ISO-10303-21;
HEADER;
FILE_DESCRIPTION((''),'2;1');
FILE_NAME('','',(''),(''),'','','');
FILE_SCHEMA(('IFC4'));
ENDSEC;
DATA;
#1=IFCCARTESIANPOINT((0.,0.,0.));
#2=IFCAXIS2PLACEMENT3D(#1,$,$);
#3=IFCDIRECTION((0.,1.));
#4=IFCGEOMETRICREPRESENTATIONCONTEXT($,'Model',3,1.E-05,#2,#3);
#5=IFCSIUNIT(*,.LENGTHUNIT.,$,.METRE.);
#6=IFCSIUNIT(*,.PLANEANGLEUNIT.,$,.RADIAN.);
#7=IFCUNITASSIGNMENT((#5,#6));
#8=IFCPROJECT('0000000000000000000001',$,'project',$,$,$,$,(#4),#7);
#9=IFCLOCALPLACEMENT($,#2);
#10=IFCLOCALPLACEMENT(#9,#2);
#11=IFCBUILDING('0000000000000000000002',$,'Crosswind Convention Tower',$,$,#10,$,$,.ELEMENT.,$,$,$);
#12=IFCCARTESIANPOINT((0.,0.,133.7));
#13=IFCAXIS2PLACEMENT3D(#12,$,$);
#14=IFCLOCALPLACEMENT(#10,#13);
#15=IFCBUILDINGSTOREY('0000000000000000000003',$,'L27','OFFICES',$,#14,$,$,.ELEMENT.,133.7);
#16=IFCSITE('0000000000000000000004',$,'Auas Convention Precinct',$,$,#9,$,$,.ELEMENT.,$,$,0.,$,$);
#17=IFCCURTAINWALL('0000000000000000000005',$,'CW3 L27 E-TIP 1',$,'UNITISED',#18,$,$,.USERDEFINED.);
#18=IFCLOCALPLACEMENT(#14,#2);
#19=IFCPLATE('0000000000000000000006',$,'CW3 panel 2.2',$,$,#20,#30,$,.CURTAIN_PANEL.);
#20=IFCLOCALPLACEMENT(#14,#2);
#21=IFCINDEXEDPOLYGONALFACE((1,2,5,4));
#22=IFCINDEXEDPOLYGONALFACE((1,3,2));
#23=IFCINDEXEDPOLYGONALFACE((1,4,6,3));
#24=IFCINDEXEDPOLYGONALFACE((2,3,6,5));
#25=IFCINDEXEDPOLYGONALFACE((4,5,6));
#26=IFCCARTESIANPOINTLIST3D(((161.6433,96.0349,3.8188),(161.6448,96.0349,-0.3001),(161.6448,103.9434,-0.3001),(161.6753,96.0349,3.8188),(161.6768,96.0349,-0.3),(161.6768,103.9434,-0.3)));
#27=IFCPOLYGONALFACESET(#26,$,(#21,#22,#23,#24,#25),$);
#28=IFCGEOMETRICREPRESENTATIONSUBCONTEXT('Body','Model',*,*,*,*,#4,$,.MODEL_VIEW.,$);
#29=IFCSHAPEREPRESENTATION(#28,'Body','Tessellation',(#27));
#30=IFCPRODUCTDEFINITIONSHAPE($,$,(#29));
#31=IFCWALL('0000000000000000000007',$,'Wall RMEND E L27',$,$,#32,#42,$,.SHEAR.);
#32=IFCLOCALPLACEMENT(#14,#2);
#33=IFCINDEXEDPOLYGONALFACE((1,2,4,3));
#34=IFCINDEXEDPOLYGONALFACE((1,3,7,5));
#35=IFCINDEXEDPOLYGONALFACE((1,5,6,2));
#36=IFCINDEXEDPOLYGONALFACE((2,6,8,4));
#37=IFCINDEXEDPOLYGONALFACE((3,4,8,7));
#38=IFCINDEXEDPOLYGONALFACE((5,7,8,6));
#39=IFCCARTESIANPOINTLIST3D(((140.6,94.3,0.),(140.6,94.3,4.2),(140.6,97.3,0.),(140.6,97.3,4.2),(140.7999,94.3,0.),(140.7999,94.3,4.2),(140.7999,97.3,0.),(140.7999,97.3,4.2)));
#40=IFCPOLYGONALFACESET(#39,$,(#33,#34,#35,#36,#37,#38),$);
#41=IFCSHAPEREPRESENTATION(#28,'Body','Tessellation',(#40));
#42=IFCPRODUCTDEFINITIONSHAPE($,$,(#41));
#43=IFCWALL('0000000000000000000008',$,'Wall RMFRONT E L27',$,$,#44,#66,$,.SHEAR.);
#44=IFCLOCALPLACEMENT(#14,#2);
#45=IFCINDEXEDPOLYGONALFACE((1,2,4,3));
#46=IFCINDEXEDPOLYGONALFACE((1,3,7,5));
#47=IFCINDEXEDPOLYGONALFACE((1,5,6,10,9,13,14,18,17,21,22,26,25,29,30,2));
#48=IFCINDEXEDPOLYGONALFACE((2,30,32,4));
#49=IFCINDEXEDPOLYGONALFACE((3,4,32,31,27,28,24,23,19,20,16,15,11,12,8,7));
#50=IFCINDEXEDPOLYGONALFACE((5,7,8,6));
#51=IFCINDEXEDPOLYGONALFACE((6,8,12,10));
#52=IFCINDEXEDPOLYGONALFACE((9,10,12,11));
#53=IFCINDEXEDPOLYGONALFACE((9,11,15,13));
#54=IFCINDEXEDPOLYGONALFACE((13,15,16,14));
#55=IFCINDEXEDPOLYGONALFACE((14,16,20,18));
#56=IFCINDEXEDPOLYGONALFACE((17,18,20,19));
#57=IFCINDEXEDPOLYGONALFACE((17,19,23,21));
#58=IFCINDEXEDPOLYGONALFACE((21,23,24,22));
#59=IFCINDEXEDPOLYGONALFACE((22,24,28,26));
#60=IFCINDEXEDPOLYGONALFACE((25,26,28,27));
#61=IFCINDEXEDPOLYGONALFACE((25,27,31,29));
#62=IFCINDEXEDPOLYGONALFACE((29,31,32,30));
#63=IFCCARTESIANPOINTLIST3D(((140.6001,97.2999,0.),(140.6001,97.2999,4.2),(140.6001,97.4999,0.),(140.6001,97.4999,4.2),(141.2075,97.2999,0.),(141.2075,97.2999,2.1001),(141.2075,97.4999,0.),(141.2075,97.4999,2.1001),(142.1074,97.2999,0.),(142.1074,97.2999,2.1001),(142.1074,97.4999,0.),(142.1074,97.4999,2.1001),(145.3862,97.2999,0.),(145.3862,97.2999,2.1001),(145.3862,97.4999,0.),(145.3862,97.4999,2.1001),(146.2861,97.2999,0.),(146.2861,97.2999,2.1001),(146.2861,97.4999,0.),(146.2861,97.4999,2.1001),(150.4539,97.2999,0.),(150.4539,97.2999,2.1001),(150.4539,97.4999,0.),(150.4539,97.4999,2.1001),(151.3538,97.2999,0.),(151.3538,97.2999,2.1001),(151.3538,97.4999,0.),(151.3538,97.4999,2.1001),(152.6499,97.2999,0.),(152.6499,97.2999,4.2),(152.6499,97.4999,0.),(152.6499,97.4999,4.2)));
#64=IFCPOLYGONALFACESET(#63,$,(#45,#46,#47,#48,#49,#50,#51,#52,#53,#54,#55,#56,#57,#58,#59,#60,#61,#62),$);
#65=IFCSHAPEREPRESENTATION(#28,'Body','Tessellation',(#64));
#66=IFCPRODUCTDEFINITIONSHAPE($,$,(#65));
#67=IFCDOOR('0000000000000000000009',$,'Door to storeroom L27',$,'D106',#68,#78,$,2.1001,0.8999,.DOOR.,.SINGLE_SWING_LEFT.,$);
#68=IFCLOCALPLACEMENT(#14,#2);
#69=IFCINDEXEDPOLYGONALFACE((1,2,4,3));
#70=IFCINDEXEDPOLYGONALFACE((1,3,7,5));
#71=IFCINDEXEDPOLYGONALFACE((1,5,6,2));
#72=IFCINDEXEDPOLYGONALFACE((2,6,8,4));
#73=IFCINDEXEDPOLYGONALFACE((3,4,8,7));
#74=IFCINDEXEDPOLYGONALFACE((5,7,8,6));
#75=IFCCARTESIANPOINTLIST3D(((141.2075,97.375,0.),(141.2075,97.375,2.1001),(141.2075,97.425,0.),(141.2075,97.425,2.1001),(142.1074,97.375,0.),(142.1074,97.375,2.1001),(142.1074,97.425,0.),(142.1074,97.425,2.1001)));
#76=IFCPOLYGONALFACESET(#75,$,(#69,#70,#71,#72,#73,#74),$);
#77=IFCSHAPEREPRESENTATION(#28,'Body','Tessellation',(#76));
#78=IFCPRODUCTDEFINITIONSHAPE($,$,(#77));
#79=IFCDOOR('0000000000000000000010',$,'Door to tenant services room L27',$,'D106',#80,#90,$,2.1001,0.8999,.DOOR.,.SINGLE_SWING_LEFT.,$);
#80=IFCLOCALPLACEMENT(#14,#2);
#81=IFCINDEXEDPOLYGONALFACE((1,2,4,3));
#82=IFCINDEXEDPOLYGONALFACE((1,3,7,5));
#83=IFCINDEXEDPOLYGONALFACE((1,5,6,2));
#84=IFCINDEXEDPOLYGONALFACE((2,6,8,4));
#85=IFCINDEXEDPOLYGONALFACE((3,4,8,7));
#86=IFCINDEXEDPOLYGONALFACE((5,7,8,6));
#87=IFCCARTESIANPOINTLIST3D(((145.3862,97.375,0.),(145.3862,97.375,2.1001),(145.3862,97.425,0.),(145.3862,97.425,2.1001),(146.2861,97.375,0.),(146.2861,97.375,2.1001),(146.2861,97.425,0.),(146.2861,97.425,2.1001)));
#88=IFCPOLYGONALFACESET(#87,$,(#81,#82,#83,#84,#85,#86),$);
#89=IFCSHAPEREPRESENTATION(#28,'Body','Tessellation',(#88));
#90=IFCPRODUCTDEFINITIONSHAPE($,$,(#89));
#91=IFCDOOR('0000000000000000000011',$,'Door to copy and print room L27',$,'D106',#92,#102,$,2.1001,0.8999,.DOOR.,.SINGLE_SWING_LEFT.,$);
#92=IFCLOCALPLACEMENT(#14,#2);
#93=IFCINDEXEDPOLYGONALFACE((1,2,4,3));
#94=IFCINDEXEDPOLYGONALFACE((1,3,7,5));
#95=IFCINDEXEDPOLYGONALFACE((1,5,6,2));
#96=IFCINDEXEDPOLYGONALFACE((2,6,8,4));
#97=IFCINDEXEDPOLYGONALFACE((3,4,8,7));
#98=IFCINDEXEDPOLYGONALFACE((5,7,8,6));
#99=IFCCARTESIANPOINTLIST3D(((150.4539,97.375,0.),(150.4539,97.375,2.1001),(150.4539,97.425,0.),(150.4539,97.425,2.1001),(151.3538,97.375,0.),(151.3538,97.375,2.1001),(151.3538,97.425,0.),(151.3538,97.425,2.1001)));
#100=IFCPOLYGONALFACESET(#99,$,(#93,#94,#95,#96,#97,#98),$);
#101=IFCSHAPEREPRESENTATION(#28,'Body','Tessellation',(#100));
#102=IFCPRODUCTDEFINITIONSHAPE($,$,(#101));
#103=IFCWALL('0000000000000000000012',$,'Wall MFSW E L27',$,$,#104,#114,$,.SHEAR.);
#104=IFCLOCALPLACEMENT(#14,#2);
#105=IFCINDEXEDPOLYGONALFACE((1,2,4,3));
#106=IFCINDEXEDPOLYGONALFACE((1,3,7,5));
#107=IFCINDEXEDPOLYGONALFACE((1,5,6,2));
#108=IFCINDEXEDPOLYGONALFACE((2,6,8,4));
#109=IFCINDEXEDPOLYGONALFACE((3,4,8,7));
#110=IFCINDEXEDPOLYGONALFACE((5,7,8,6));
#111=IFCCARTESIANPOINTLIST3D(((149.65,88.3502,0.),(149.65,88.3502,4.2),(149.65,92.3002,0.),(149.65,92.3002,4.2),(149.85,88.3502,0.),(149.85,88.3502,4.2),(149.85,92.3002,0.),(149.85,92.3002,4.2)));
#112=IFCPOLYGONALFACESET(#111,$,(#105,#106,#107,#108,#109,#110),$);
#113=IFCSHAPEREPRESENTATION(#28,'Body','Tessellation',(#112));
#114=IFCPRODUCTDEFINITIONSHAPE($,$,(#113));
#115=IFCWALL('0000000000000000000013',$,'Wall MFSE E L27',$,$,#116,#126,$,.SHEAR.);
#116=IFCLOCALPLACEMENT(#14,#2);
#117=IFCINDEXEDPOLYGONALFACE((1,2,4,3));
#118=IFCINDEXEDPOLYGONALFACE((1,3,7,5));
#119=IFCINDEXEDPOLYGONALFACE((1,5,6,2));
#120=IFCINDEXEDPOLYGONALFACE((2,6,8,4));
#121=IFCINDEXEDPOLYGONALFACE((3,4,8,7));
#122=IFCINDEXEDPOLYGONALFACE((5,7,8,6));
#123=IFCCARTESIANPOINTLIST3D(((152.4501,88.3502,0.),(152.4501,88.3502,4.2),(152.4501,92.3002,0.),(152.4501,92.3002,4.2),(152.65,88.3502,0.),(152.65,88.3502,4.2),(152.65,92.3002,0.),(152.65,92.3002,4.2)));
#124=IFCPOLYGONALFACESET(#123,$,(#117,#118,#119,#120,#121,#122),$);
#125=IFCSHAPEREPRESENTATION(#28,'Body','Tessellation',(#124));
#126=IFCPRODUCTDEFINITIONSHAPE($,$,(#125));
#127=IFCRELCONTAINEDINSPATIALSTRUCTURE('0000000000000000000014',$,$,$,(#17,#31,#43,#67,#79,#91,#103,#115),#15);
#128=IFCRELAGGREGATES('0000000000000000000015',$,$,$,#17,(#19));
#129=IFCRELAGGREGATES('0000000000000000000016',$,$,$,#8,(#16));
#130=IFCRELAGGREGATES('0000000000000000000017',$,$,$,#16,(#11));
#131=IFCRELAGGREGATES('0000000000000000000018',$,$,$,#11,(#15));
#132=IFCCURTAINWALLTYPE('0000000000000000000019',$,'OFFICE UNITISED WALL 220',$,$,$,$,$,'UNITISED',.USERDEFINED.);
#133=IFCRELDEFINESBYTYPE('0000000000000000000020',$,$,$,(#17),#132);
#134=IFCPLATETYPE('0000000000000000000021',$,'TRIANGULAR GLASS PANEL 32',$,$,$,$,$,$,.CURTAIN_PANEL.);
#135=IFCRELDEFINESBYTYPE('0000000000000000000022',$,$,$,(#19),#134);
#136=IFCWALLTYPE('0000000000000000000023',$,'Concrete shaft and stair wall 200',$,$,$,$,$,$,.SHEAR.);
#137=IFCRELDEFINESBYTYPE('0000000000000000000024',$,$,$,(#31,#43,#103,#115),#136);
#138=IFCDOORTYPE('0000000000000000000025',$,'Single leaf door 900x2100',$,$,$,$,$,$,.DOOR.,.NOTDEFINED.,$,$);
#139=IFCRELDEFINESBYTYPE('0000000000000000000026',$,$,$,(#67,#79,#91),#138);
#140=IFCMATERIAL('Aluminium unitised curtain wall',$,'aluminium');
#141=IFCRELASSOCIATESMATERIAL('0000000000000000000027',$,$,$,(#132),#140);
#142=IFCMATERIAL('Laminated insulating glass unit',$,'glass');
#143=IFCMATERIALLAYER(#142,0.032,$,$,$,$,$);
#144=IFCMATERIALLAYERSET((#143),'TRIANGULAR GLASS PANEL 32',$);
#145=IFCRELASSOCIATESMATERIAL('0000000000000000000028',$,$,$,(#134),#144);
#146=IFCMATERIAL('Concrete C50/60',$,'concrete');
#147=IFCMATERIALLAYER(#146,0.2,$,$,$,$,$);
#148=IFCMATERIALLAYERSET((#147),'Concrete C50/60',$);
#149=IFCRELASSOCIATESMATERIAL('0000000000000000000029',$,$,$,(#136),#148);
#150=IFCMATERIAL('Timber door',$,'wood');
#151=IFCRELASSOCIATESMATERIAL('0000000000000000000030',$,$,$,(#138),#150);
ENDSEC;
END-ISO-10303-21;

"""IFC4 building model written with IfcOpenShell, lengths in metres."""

from ifc_helpers import new_model, si_unit, direction, frame, frame_2d, origin, place, context, subcontext, project, spatial, polyline, rectangle, outline, extrude, material, layer, layer_set, type_object, element, fill, aggregate, save


model = new_model("IFC4")

# Units and contexts
model_context = context("Model", 3, precision=1e-05, world=origin(), true_north=direction((0.0, 1.0)))
body_context = subcontext(model_context, "Body", "Model", "MODEL_VIEW")
ifc_project = project(units=[si_unit("LENGTHUNIT", "METRE"), si_unit("PLANEANGLEUNIT", "RADIAN")], contexts=[model_context])

# Site, building, storey
site_placement = place(None, origin())
site = spatial("IfcSite", under=ifc_project, at=site_placement, Name="Auas Convention Precinct", CompositionType="ELEMENT", RefElevation=0.0)
building_placement = place(site_placement, origin())
building = spatial("IfcBuilding", under=site, at=building_placement, Name="Crosswind Convention Tower", CompositionType="ELEMENT")
storey_placement = place(building_placement, frame((0.0, 0.0, 133.7)))
storey = spatial("IfcBuildingStorey", under=building, at=storey_placement, Name="L27", Description="OFFICES", CompositionType="ELEMENT", Elevation=133.7)

# Curtain wall
ifc_material_1 = material(Name="Aluminium unitised curtain wall", Category="aluminium")
curtain_wall_type = type_object("IfcCurtainWallType", Name="OFFICE UNITISED WALL 220", ElementType="UNITISED", PredefinedType="USERDEFINED", material=ifc_material_1)
curtain_wall_placement = place(storey_placement, origin())
curtain_wall = element("IfcCurtainWall", 1, at=curtain_wall_placement, inside=storey, type_object=curtain_wall_type, Name="CW3 L27 E-TIP 1", ObjectType="UNITISED", PredefinedType="USERDEFINED")

# Plate
ifc_material_2 = material(Name="Laminated insulating glass unit", Category="glass")
ifc_layer_1 = layer(ifc_material_2, 0.032)
ifc_layer_set_1 = layer_set([ifc_layer_1], Name="TRIANGULAR GLASS PANEL 32")
plate_type = type_object("IfcPlateType", Name="TRIANGULAR GLASS PANEL 32", PredefinedType="CURTAIN_PANEL", material=ifc_layer_set_1)
plate_1_placement = place(storey_placement, frame((161.6768, 96.0349, -0.3), z_axis=(1.0, 0.0, 0.000356), x_axis=(0.0, 1.0, 0.0)))
plate_1 = element("IfcPlate", 2, at=plate_1_placement, type_object=plate_type, Name="CW3 panel 2.2", PredefinedType="CURTAIN_PANEL", context=body_context, shape_type="SweptSolid", body=[
    extrude(outline(polyline([(0.0, 0.0), (7.9084, 0.0), (0.0, 4.1189), (0.0, 0.0)])), origin(), (0.0, 0.0, -1.0), 0.032),
])
aggregate(curtain_wall, [plate_1])

# Wall
ifc_material_3 = material(Name="Concrete C50/60", Category="concrete")
ifc_layer_2 = layer(ifc_material_3, 0.2)
ifc_layer_set_2 = layer_set([ifc_layer_2], Name="Concrete C50/60")
wall_type_1 = type_object("IfcWallType", Name="Concrete shaft and stair wall 200", PredefinedType="SHEAR", material=ifc_layer_set_2)
wall_1_placement = place(storey_placement, frame((140.7, 94.3, 0.0), z_axis=(0.0, 0.0, 1.0), x_axis=(0.0, 1.0, 0.0)))
element("IfcWall", 3, at=wall_1_placement, inside=storey, type_object=wall_type_1, Name="Wall RMEND E L27", PredefinedType="SHEAR", context=body_context, shape_type="SweptSolid", body=[
    extrude(rectangle(XDim=3.0, YDim=0.2, at=frame_2d((1.5, 0.0))), origin(), (0.0, 0.0, 1.0), 4.2),
])

# Wall, openings, doors
wall_2_placement = place(storey_placement, frame((140.6001, 97.3999, 0.0), z_axis=(0.0, 0.0, 1.0), x_axis=(1.0, 0.0, 0.0)))
wall_2 = element("IfcWall", 4, at=wall_2_placement, inside=storey, type_object=wall_type_1, Name="Wall RMFRONT E L27", PredefinedType="SHEAR", context=body_context, shape_type="SweptSolid", body=[
    extrude(rectangle(XDim=12.0498, YDim=0.2, at=frame_2d((6.0249, 0.0))), origin(), (0.0, 0.0, 1.0), 4.2),
])
opening_1_placement = place(wall_2_placement, frame((0.6074, 0.0, 0.0)))
opening_1 = element("IfcOpeningElement", 5, at=opening_1_placement, cuts=wall_2, PredefinedType="OPENING", context=body_context, shape_type="SweptSolid", body=[
    extrude(rectangle(XDim=0.8999, YDim=2.1001, at=frame_2d((0.45, 1.05))), frame((0.0, 0.1099, 0.0), z_axis=(0.0, -1.0, 0.0), x_axis=(1.0, 0.0, 0.0)), (0.0, 0.0, 1.0), 0.22),
])
opening_2_placement = place(wall_2_placement, frame((4.7861, 0.0, 0.0)))
opening_2 = element("IfcOpeningElement", 6, at=opening_2_placement, cuts=wall_2, PredefinedType="OPENING", context=body_context, shape_type="SweptSolid", body=[
    extrude(rectangle(XDim=0.8999, YDim=2.1001, at=frame_2d((0.45, 1.05))), frame((0.0, 0.1099, 0.0), z_axis=(0.0, -1.0, 0.0), x_axis=(1.0, 0.0, 0.0)), (0.0, 0.0, 1.0), 0.22),
])
opening_3_placement = place(wall_2_placement, frame((9.8538, 0.0, 0.0)))
opening_3 = element("IfcOpeningElement", 7, at=opening_3_placement, cuts=wall_2, PredefinedType="OPENING", context=body_context, shape_type="SweptSolid", body=[
    extrude(rectangle(XDim=0.8999, YDim=2.1001, at=frame_2d((0.45, 1.05))), frame((0.0, 0.1099, 0.0), z_axis=(0.0, -1.0, 0.0), x_axis=(1.0, 0.0, 0.0)), (0.0, 0.0, 1.0), 0.22),
])
ifc_material_4 = material(Name="Timber door", Category="wood")
door_type_1 = type_object("IfcDoorType", Name="Single leaf door 900x2100", OperationType="NOTDEFINED", PredefinedType="DOOR", material=ifc_material_4)
door_1_placement = place(opening_1_placement, frame((0.8999, 0.0, 0.0), z_axis=(0.0, 0.0, 1.0), x_axis=(-1.0, 0.0, 0.0)))
door_1 = element("IfcDoor", 8, at=door_1_placement, inside=storey, type_object=door_type_1, Name="Door to storeroom L27", ObjectType="D106", OperationType="SINGLE_SWING_LEFT", OverallHeight=2.1001, OverallWidth=0.8999, PredefinedType="DOOR", context=body_context, shape_type="SweptSolid", body=[
    extrude(rectangle(XDim=0.8999, YDim=2.1001, at=frame_2d((0.45, 1.05))), frame((0.0, 0.0249, 0.0), z_axis=(0.0, -1.0, 0.0), x_axis=(1.0, 0.0, 0.0)), (0.0, 0.0, 1.0), 0.05),
])
fill(opening_1, door_1)
door_2_placement = place(opening_2_placement, frame((0.8999, 0.0, 0.0), z_axis=(0.0, 0.0, 1.0), x_axis=(-1.0, 0.0, 0.0)))
door_2 = element("IfcDoor", 9, at=door_2_placement, inside=storey, type_object=door_type_1, Name="Door to tenant services room L27", ObjectType="D106", OperationType="SINGLE_SWING_LEFT", OverallHeight=2.1001, OverallWidth=0.8999, PredefinedType="DOOR", context=body_context, shape_type="SweptSolid", body=[
    extrude(rectangle(XDim=0.8999, YDim=2.1001, at=frame_2d((0.45, 1.05))), frame((0.0, 0.0249, 0.0), z_axis=(0.0, -1.0, 0.0), x_axis=(1.0, 0.0, 0.0)), (0.0, 0.0, 1.0), 0.05),
])
fill(opening_2, door_2)
door_3_placement = place(opening_3_placement, frame((0.8999, 0.0, 0.0), z_axis=(0.0, 0.0, 1.0), x_axis=(-1.0, 0.0, 0.0)))
door_3 = element("IfcDoor", 10, at=door_3_placement, inside=storey, type_object=door_type_1, Name="Door to copy and print room L27", ObjectType="D106", OperationType="SINGLE_SWING_LEFT", OverallHeight=2.1001, OverallWidth=0.8999, PredefinedType="DOOR", context=body_context, shape_type="SweptSolid", body=[
    extrude(rectangle(XDim=0.8999, YDim=2.1001, at=frame_2d((0.45, 1.05))), frame((0.0, 0.0249, 0.0), z_axis=(0.0, -1.0, 0.0), x_axis=(1.0, 0.0, 0.0)), (0.0, 0.0, 1.0), 0.05),
])
fill(opening_3, door_3)

# Walls
for number, where, z_axis, x_axis, name in (
    (11, (149.75, 88.3501, 0.0), (0.0, 0.0, 1.0), (0.0, 1.0, 0.0), "Wall MFSW E L27"),
    (12, (152.55, 88.3501, 0.0), (0.0, 0.0, 1.0), (0.0, 1.0, 0.0), "Wall MFSE E L27"),
):
    element("IfcWall", number, at=place(storey_placement, frame(where, z_axis=z_axis, x_axis=x_axis)), inside=storey, type_object=wall_type_1, Name=name, PredefinedType="SHEAR", context=body_context, shape_type="SweptSolid", body=[
        extrude(rectangle(XDim=3.95, YDim=0.2, at=frame_2d((1.9751, 0.0))), origin(), (0.0, 0.0, 1.0), 4.2),
    ])

save(model, "model.ifc")
